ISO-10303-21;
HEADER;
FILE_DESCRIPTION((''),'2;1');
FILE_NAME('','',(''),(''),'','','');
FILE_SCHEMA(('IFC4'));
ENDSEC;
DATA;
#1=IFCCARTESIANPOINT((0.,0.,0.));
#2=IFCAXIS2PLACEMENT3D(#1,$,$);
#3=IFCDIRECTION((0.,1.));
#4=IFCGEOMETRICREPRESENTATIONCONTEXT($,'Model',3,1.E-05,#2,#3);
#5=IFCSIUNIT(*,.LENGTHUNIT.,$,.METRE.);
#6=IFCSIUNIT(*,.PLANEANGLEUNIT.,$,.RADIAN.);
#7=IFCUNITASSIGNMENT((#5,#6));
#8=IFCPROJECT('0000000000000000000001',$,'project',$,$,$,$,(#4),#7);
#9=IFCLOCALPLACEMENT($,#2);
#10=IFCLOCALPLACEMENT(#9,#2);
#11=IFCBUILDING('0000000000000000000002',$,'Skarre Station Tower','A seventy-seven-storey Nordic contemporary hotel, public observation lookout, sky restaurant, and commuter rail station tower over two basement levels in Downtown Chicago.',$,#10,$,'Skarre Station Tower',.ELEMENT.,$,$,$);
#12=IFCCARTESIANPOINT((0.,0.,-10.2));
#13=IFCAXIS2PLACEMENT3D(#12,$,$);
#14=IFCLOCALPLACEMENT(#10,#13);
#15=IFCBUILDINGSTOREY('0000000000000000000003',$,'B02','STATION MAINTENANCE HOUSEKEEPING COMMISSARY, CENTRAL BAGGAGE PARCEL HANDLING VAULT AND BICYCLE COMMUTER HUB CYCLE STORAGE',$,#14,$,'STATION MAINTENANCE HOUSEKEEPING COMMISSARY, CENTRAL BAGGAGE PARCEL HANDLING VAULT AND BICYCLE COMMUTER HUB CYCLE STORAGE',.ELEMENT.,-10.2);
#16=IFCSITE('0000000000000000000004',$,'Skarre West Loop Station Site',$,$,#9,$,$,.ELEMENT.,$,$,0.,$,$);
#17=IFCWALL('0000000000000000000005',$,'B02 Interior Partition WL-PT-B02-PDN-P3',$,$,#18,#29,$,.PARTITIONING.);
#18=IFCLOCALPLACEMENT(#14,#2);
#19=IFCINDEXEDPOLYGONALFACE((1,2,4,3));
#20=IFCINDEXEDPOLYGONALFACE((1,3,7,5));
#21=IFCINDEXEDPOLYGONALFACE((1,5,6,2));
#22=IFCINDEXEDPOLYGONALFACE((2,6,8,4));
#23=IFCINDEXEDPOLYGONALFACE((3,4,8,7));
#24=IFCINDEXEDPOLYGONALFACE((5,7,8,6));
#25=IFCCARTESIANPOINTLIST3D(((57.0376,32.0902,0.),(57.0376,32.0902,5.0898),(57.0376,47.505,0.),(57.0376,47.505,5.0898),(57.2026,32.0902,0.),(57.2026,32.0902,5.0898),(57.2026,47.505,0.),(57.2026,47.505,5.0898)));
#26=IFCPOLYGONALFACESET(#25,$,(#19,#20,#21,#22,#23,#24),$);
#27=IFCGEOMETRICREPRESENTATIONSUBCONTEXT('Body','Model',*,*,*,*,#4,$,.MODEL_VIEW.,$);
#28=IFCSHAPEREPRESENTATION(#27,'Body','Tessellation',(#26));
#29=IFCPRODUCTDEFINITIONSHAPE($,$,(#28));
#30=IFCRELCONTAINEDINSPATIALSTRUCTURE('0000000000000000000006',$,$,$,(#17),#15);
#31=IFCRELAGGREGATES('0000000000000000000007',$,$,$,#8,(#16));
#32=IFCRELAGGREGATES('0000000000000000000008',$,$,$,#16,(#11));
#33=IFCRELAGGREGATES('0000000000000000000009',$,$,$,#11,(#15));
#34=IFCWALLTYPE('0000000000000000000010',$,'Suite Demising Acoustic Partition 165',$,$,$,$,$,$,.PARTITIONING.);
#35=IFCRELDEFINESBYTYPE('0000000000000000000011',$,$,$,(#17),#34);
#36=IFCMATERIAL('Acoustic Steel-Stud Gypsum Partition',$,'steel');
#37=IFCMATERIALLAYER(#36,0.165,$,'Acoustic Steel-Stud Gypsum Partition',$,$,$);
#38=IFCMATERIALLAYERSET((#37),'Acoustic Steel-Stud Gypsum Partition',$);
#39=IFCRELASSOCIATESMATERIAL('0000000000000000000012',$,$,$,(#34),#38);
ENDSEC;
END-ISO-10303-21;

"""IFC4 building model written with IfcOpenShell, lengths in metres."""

from ifc_helpers import new_model, si_unit, direction, frame, frame_2d, origin, place, context, subcontext, project, spatial, rectangle, extrude, material, layer, layer_set, type_object, element, save


model = new_model("IFC4")

# Units and contexts
model_context = context("Model", 3, precision=1e-05, world=origin(), true_north=direction((0.0, 1.0)))
body_context = subcontext(model_context, "Body", "Model", "MODEL_VIEW")
ifc_project = project(units=[si_unit("LENGTHUNIT", "METRE"), si_unit("PLANEANGLEUNIT", "RADIAN")], contexts=[model_context])

# Site, building, storey
site_placement = place(None, origin())
site = spatial("IfcSite", under=ifc_project, at=site_placement, Name="Skarre West Loop Station Site", CompositionType="ELEMENT", RefElevation=0.0)
building_placement = place(site_placement, origin())
building = spatial("IfcBuilding", under=site, at=building_placement, Name="Skarre Station Tower", Description="A seventy-seven-storey Nordic contemporary hotel, public observation lookout, sky restaurant, and commuter rail station tower over two basement levels in Downtown Chicago.", LongName="Skarre Station Tower", CompositionType="ELEMENT")
storey_placement = place(building_placement, frame((0.0, 0.0, -10.2)))
storey = spatial("IfcBuildingStorey", under=building, at=storey_placement, Name="B02", Description="STATION MAINTENANCE HOUSEKEEPING COMMISSARY, CENTRAL BAGGAGE PARCEL HANDLING VAULT AND BICYCLE COMMUTER HUB CYCLE STORAGE", LongName="STATION MAINTENANCE HOUSEKEEPING COMMISSARY, CENTRAL BAGGAGE PARCEL HANDLING VAULT AND BICYCLE COMMUTER HUB CYCLE STORAGE", CompositionType="ELEMENT", Elevation=-10.2)

# Shared definitions
ifc_material_1 = material(Name="Acoustic Steel-Stud Gypsum Partition", Category="steel")

# Wall
ifc_layer_1 = layer(ifc_material_1, 0.165, Name="Acoustic Steel-Stud Gypsum Partition")
ifc_layer_set_1 = layer_set([ifc_layer_1], Name="Acoustic Steel-Stud Gypsum Partition")
wall_type_1 = type_object("IfcWallType", Name="Suite Demising Acoustic Partition 165", PredefinedType="PARTITIONING", material=ifc_layer_set_1)
wall_1_placement = place(storey_placement, frame((57.1201, 32.0901, 0.0), z_axis=(0.0, 0.0, 1.0), x_axis=(0.0, 1.0, 0.0)))
element("IfcWall", 1, at=wall_1_placement, inside=storey, type_object=wall_type_1, Name="B02 Interior Partition WL-PT-B02-PDN-P3", PredefinedType="PARTITIONING", context=body_context, shape_type="SweptSolid", body=[
    extrude(rectangle(XDim=15.4148, YDim=0.165, at=frame_2d((7.7075, 0.0))), origin(), (0.0, 0.0, 1.0), 5.0898),
])

save(model, "model.ifc")
